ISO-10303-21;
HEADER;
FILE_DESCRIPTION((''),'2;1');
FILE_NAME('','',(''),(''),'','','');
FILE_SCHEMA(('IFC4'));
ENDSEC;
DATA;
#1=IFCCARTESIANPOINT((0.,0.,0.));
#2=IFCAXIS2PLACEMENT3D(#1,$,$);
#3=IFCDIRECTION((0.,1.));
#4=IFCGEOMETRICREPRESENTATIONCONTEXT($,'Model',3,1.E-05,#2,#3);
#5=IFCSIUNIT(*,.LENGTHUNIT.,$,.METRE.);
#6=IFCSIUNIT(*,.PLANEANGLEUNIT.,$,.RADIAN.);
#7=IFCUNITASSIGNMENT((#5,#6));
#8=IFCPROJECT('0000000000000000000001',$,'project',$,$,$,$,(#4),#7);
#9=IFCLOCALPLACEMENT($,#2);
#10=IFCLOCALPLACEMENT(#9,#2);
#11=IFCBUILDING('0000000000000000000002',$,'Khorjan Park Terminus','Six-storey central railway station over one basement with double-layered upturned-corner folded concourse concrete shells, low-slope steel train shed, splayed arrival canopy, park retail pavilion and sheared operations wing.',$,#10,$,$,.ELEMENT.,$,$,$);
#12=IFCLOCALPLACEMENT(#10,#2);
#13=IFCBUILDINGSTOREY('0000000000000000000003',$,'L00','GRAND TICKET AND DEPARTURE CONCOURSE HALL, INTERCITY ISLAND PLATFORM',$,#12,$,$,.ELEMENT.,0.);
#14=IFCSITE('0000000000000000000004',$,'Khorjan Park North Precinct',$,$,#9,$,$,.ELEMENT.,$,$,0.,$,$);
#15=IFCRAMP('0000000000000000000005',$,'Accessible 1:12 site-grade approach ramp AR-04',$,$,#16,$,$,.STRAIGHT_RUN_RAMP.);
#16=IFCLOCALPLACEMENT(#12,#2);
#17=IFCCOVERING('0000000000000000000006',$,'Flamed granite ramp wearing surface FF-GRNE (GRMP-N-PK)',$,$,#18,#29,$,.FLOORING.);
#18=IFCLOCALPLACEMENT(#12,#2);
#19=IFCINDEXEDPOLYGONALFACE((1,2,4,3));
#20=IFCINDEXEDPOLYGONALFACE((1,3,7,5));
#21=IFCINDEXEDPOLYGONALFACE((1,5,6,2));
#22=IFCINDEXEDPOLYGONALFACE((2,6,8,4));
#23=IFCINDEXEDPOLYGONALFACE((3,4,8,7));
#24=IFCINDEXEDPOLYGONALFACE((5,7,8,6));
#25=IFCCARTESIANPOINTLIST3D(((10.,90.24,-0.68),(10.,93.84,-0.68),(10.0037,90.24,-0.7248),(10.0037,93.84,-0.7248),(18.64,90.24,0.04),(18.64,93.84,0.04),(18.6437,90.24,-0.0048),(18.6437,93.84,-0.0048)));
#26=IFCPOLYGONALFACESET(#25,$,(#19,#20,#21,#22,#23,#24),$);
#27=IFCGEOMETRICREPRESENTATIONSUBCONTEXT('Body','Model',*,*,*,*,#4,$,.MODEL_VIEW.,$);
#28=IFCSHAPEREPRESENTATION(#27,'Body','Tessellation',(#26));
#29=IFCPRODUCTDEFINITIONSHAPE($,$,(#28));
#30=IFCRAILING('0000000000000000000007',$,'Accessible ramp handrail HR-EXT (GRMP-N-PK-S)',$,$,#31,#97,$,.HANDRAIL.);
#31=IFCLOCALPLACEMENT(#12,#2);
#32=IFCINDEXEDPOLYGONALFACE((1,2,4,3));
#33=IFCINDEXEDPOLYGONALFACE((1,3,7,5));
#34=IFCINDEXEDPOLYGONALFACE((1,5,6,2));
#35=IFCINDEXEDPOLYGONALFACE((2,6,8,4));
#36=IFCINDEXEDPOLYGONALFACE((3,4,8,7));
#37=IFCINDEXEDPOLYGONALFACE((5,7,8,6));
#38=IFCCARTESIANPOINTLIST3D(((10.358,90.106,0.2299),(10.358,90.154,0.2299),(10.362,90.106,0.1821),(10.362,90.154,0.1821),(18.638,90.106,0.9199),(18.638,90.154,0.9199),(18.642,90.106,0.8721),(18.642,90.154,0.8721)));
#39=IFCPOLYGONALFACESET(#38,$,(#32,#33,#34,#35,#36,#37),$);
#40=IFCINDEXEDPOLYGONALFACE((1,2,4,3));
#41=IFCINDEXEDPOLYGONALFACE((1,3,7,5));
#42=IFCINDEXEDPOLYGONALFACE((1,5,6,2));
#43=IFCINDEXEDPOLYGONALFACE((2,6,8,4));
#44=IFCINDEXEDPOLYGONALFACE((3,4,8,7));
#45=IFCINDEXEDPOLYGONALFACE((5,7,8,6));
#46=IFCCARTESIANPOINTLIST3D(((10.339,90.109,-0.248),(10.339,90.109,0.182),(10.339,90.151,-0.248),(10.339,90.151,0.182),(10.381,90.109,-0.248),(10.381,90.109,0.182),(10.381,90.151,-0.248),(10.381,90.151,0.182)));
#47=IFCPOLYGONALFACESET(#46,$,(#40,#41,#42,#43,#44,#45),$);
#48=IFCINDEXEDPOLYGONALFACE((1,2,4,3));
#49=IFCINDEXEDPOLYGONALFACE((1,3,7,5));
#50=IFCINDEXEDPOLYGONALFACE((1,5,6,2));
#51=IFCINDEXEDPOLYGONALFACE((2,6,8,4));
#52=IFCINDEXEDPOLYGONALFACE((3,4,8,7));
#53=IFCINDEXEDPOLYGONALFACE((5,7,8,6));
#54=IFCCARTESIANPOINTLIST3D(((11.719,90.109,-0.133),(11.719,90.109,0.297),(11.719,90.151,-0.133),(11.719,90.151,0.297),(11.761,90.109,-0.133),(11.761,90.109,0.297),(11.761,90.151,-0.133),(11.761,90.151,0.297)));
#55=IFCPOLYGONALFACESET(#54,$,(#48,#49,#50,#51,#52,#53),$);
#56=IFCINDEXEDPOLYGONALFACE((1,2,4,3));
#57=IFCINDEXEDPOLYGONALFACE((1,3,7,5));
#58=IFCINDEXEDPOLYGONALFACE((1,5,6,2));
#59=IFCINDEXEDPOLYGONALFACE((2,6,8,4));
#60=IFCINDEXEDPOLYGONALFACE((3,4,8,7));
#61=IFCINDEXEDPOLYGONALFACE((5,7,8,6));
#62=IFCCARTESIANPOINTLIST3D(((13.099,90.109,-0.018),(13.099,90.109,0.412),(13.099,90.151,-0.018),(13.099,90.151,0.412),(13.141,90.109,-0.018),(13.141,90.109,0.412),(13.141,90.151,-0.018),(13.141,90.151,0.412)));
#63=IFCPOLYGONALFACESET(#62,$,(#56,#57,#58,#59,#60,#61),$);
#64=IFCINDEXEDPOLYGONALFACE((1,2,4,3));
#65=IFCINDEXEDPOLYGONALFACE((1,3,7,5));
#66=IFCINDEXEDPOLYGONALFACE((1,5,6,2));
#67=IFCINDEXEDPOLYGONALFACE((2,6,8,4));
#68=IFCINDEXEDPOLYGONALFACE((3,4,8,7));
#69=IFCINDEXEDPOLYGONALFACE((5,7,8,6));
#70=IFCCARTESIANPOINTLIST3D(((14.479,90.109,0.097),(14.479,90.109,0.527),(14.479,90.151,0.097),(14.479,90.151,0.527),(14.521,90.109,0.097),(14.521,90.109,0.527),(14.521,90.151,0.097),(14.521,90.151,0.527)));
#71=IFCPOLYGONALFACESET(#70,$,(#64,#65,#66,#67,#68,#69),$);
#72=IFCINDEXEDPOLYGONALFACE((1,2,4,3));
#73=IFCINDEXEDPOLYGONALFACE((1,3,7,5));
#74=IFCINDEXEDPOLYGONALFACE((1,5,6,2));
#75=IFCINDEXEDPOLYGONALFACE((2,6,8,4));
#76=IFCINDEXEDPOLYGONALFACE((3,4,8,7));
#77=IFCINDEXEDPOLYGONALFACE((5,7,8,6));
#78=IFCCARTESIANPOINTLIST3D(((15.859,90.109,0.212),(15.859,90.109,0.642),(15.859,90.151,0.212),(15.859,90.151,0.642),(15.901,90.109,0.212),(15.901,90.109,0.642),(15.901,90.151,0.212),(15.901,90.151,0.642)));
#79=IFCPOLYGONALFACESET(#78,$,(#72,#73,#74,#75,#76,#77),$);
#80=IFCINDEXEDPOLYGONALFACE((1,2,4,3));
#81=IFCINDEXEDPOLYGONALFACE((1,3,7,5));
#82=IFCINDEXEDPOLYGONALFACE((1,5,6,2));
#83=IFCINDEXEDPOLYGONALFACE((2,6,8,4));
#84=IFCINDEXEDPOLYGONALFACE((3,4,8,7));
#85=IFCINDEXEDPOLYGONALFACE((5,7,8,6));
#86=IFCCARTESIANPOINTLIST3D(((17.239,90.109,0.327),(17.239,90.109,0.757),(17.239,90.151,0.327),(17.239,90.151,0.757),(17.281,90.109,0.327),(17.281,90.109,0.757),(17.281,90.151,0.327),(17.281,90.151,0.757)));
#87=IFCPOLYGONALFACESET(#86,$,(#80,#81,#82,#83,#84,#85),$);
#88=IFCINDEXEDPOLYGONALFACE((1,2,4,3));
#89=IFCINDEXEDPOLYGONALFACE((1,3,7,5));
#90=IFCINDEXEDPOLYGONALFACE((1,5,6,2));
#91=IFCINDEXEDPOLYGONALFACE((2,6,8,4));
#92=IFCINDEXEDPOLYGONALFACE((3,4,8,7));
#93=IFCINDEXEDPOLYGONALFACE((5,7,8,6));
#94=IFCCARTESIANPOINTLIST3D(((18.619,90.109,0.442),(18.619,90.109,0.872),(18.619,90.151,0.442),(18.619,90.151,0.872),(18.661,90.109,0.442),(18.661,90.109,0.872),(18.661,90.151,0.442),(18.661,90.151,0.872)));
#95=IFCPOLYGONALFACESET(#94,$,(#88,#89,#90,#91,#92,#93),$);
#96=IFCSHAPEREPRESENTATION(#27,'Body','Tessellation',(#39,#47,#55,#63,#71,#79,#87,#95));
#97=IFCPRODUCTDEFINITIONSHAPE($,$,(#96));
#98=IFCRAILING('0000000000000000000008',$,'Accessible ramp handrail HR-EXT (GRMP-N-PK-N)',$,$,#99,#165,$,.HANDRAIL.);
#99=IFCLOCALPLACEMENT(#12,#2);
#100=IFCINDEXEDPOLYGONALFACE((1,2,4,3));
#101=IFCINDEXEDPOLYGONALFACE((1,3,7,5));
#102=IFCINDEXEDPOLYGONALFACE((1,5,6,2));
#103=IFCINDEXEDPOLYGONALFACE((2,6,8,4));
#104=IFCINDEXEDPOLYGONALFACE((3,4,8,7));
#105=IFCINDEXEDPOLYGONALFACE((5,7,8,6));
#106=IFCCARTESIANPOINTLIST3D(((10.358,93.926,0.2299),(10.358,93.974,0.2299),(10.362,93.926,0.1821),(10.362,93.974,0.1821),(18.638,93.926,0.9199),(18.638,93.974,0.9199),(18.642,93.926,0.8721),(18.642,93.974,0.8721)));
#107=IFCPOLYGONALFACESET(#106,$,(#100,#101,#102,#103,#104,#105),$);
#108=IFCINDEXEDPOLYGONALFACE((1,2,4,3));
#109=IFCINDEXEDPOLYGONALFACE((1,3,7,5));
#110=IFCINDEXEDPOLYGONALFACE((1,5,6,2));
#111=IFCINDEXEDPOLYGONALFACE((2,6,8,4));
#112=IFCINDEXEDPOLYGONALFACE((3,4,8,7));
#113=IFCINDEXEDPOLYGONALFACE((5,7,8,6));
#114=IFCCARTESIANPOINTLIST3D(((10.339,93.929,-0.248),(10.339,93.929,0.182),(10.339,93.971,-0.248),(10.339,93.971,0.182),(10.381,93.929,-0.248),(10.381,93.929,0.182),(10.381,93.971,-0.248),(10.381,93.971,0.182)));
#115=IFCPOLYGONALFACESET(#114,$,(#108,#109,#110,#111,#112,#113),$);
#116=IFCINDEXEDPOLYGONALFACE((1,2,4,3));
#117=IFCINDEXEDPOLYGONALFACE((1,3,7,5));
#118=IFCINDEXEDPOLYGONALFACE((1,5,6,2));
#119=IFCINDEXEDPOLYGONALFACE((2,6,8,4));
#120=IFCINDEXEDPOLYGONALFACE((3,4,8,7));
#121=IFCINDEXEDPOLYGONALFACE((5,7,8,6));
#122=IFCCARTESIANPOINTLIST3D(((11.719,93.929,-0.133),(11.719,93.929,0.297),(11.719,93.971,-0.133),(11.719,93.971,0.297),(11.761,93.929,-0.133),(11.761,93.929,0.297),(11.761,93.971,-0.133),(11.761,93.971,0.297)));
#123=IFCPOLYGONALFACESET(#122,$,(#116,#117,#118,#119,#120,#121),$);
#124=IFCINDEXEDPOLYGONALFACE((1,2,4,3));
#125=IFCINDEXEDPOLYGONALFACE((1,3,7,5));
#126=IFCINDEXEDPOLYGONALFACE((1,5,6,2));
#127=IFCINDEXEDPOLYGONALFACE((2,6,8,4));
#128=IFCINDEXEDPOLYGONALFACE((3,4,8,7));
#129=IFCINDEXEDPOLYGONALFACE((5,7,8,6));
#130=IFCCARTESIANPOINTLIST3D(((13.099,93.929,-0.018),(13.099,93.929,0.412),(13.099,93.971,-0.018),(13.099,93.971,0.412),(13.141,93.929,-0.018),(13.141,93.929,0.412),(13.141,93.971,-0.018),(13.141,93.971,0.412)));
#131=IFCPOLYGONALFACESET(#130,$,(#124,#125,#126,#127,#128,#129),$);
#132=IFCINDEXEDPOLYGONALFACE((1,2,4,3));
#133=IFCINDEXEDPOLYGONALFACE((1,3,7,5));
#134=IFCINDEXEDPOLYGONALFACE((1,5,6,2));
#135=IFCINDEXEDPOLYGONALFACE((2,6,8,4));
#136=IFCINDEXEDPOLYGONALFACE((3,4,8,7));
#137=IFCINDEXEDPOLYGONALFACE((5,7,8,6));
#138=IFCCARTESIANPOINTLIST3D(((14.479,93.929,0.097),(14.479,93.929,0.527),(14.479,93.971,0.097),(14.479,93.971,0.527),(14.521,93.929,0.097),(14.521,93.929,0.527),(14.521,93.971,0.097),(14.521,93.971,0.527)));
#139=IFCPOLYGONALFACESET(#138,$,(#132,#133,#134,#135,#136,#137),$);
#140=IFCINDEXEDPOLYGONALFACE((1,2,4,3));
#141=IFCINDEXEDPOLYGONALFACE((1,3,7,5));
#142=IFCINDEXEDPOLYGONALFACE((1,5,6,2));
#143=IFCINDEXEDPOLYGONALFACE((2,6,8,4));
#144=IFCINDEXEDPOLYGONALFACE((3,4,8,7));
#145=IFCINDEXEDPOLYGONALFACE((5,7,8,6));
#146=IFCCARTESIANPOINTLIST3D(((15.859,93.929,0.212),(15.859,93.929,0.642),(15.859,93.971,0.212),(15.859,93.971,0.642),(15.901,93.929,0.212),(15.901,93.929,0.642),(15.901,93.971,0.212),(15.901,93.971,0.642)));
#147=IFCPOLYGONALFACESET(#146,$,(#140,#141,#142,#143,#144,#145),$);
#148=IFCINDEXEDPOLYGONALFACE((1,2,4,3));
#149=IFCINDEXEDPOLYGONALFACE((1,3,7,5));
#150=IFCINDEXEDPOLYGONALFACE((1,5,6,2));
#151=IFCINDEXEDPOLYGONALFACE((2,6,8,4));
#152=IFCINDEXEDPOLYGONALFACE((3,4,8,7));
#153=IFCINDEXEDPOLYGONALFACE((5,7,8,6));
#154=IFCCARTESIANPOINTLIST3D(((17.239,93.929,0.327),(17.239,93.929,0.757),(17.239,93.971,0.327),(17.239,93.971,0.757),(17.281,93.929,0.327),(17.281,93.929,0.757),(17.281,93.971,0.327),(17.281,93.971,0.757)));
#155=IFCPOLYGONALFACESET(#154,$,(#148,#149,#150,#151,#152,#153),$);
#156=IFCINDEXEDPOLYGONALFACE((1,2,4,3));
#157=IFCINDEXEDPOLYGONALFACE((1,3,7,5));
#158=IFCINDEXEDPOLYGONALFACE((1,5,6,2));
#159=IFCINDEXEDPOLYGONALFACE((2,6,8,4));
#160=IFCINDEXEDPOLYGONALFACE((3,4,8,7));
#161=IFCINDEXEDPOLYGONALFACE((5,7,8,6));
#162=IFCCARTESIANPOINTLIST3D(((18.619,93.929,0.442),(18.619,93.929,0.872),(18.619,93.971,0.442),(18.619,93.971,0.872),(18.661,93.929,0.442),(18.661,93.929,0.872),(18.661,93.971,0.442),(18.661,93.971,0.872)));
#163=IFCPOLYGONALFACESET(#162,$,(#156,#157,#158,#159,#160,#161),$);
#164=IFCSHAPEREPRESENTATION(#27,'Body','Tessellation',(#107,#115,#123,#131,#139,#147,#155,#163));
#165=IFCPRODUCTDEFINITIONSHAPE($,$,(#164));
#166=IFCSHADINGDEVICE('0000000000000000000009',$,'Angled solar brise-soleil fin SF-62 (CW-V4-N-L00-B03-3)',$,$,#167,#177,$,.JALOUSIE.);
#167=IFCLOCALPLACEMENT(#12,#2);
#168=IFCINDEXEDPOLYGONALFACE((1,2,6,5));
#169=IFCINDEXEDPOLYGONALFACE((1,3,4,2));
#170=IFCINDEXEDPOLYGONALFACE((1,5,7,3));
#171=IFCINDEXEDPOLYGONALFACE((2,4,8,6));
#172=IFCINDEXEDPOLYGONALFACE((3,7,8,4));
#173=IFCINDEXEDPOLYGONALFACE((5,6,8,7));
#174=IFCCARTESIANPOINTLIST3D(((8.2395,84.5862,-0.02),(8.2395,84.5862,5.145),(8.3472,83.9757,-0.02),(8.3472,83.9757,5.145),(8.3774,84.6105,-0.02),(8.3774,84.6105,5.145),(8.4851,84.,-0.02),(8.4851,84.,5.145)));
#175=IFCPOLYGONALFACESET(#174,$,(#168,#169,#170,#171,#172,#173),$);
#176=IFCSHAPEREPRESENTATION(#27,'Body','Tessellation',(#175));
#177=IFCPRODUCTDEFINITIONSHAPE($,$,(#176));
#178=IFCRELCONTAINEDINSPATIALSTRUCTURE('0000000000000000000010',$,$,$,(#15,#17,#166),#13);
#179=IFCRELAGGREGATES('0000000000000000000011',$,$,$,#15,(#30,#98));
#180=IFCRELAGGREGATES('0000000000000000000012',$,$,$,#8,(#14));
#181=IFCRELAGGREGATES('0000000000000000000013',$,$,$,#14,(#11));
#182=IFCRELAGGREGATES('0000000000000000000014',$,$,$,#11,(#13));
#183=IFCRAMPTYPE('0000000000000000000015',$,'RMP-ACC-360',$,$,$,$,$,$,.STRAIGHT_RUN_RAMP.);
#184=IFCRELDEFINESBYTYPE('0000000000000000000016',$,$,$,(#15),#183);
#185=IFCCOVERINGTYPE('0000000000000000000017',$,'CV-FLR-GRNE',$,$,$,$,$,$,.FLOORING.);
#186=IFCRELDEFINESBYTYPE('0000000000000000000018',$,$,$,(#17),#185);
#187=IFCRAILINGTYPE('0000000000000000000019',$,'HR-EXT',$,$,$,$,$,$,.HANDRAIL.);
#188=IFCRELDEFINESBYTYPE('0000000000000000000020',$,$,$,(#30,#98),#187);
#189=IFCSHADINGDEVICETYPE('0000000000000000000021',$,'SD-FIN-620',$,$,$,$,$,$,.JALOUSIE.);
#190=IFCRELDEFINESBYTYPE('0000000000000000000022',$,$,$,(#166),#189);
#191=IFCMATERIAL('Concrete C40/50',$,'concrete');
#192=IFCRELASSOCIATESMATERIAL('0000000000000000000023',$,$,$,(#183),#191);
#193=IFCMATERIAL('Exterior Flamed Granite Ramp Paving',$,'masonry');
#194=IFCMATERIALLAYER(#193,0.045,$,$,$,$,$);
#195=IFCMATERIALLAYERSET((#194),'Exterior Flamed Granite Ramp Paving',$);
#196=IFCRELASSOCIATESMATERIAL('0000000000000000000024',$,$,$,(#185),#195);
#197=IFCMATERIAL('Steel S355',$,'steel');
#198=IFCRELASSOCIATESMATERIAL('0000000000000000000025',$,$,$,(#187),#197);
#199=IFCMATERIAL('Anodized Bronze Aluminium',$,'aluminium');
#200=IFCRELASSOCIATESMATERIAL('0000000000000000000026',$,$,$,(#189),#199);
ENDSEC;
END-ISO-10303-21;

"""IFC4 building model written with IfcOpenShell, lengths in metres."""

from ifc_helpers import new_model, si_unit, direction, frame, origin, origin_2d, place, context, subcontext, project, spatial, polyline, rectangle, outline, extrude, material, layer, layer_set, type_object, element, aggregate, save


model = new_model("IFC4")

# Units and contexts
model_context = context("Model", 3, precision=1e-05, world=origin(), true_north=direction((0.0, 1.0)))
body_context = subcontext(model_context, "Body", "Model", "MODEL_VIEW")
ifc_project = project(units=[si_unit("LENGTHUNIT", "METRE"), si_unit("PLANEANGLEUNIT", "RADIAN")], contexts=[model_context])

# Site, building, storey
site_placement = place(None, origin())
site = spatial("IfcSite", under=ifc_project, at=site_placement, Name="Khorjan Park North Precinct", CompositionType="ELEMENT", RefElevation=0.0)
building_placement = place(site_placement, origin())
building = spatial("IfcBuilding", under=site, at=building_placement, Name="Khorjan Park Terminus", Description="Six-storey central railway station over one basement with double-layered upturned-corner folded concourse concrete shells, low-slope steel train shed, splayed arrival canopy, park retail pavilion and sheared operations wing.", CompositionType="ELEMENT")
storey_placement = place(building_placement, origin())
storey = spatial("IfcBuildingStorey", under=building, at=storey_placement, Name="L00", Description="GRAND TICKET AND DEPARTURE CONCOURSE HALL, INTERCITY ISLAND PLATFORM", CompositionType="ELEMENT", Elevation=0.0)

# Shared definitions
ifc_material_1 = material(Name="Steel S355", Category="steel")

# Shared definitions
ifc_material_2 = material(Name="Concrete C40/50", Category="concrete")

# Shared definitions
ifc_material_3 = material(Name="Anodized Bronze Aluminium", Category="aluminium")

# Ramp
ramp_type = type_object("IfcRampType", Name="RMP-ACC-360", PredefinedType="STRAIGHT_RUN_RAMP", material=ifc_material_2)
ramp_placement = place(storey_placement, origin())
ramp = element("IfcRamp", 1, at=ramp_placement, inside=storey, type_object=ramp_type, Name="Accessible 1:12 site-grade approach ramp AR-04", PredefinedType="STRAIGHT_RUN_RAMP")

# Covering
ifc_material_4 = material(Name="Exterior Flamed Granite Ramp Paving", Category="masonry")
ifc_layer_1 = layer(ifc_material_4, 0.045)
ifc_layer_set_1 = layer_set([ifc_layer_1], Name="Exterior Flamed Granite Ramp Paving")
covering_type = type_object("IfcCoveringType", Name="CV-FLR-GRNE", PredefinedType="FLOORING", material=ifc_layer_set_1)
covering_placement = place(storey_placement, frame((10.0, 90.24, -0.68), z_axis=(-0.083045, 0.0, 0.996546), x_axis=(0.996546, 0.0, 0.083045)))
element("IfcCovering", 2, at=covering_placement, inside=storey, type_object=covering_type, Name="Flamed granite ramp wearing surface FF-GRNE (GRMP-N-PK)", PredefinedType="FLOORING", context=body_context, shape_type="SweptSolid", body=[
    extrude(outline(polyline([(0.0, 0.0), (8.6699, 0.0), (8.6699, 3.6), (0.0, 3.6), (0.0, 0.0)])), origin(), (0.0, 0.0, -1.0), 0.045),
])

# Railings
railing_type = type_object("IfcRailingType", Name="HR-EXT", PredefinedType="HANDRAIL", material=ifc_material_1)
railing_1_placement = place(storey_placement, frame((10.36, 90.13, -0.69)))
railing_1 = element("IfcRailing", 3, at=railing_1_placement, type_object=railing_type, Name="Accessible ramp handrail HR-EXT (GRMP-N-PK-S)", PredefinedType="HANDRAIL", context=body_context, shape_type="SweptSolid", body=[
    extrude(rectangle(XDim=0.048, YDim=0.048, at=origin_2d()), frame((0.0, 0.0, 0.896), z_axis=(0.996546, 0.0, 0.083045), x_axis=(0.0, 1.0, 0.0)), (0.0, 0.0, 1.0), 8.3087),
    extrude(rectangle(XDim=0.042, YDim=0.042, at=origin_2d()), frame((0.0, 0.0, 0.442)), (0.0, 0.0, 1.0), 0.43),
    extrude(rectangle(XDim=0.042, YDim=0.042, at=origin_2d()), frame((1.38, 0.0, 0.557)), (0.0, 0.0, 1.0), 0.43),
    extrude(rectangle(XDim=0.042, YDim=0.042, at=origin_2d()), frame((2.76, 0.0, 0.672)), (0.0, 0.0, 1.0), 0.43),
    extrude(rectangle(XDim=0.042, YDim=0.042, at=origin_2d()), frame((4.14, 0.0, 0.787)), (0.0, 0.0, 1.0), 0.43),
    extrude(rectangle(XDim=0.042, YDim=0.042, at=origin_2d()), frame((5.52, 0.0, 0.902)), (0.0, 0.0, 1.0), 0.43),
    extrude(rectangle(XDim=0.042, YDim=0.042, at=origin_2d()), frame((6.9, 0.0, 1.017)), (0.0, 0.0, 1.0), 0.43),
    extrude(rectangle(XDim=0.042, YDim=0.042, at=origin_2d()), frame((8.28, 0.0, 1.132)), (0.0, 0.0, 1.0), 0.43),
])
railing_2_placement = place(storey_placement, frame((10.36, 93.95, -0.69)))
railing_2 = element("IfcRailing", 4, at=railing_2_placement, type_object=railing_type, Name="Accessible ramp handrail HR-EXT (GRMP-N-PK-N)", PredefinedType="HANDRAIL", context=body_context, shape_type="SweptSolid", body=[
    extrude(rectangle(XDim=0.048, YDim=0.048, at=origin_2d()), frame((0.0, 0.0, 0.896), z_axis=(0.996546, 0.0, 0.083045), x_axis=(0.0, 1.0, 0.0)), (0.0, 0.0, 1.0), 8.3087),
    extrude(rectangle(XDim=0.042, YDim=0.042, at=origin_2d()), frame((0.0, 0.0, 0.442)), (0.0, 0.0, 1.0), 0.43),
    extrude(rectangle(XDim=0.042, YDim=0.042, at=origin_2d()), frame((1.38, 0.0, 0.557)), (0.0, 0.0, 1.0), 0.43),
    extrude(rectangle(XDim=0.042, YDim=0.042, at=origin_2d()), frame((2.76, 0.0, 0.672)), (0.0, 0.0, 1.0), 0.43),
    extrude(rectangle(XDim=0.042, YDim=0.042, at=origin_2d()), frame((4.14, 0.0, 0.787)), (0.0, 0.0, 1.0), 0.43),
    extrude(rectangle(XDim=0.042, YDim=0.042, at=origin_2d()), frame((5.52, 0.0, 0.902)), (0.0, 0.0, 1.0), 0.43),
    extrude(rectangle(XDim=0.042, YDim=0.042, at=origin_2d()), frame((6.9, 0.0, 1.017)), (0.0, 0.0, 1.0), 0.43),
    extrude(rectangle(XDim=0.042, YDim=0.042, at=origin_2d()), frame((8.28, 0.0, 1.132)), (0.0, 0.0, 1.0), 0.43),
])
aggregate(ramp, [railing_1, railing_2])

# Shading device
shading_device_type = type_object("IfcShadingDeviceType", Name="SD-FIN-620", PredefinedType="JALOUSIE", material=ifc_material_3)
shading_device_placement = place(storey_placement, frame((8.3623, 84.2931, -0.02), z_axis=(0.0, 0.0, 1.0), x_axis=(0.173648, -0.984808, 0.0)))
element("IfcShadingDevice", 5, at=shading_device_placement, inside=storey, type_object=shading_device_type, Name="Angled solar brise-soleil fin SF-62 (CW-V4-N-L00-B03-3)", PredefinedType="JALOUSIE", context=body_context, shape_type="SweptSolid", body=[
    extrude(rectangle(XDim=0.62, YDim=0.14, at=origin_2d()), origin(), (0.0, 0.0, 1.0), 5.165),
])

save(model, "model.ifc")
